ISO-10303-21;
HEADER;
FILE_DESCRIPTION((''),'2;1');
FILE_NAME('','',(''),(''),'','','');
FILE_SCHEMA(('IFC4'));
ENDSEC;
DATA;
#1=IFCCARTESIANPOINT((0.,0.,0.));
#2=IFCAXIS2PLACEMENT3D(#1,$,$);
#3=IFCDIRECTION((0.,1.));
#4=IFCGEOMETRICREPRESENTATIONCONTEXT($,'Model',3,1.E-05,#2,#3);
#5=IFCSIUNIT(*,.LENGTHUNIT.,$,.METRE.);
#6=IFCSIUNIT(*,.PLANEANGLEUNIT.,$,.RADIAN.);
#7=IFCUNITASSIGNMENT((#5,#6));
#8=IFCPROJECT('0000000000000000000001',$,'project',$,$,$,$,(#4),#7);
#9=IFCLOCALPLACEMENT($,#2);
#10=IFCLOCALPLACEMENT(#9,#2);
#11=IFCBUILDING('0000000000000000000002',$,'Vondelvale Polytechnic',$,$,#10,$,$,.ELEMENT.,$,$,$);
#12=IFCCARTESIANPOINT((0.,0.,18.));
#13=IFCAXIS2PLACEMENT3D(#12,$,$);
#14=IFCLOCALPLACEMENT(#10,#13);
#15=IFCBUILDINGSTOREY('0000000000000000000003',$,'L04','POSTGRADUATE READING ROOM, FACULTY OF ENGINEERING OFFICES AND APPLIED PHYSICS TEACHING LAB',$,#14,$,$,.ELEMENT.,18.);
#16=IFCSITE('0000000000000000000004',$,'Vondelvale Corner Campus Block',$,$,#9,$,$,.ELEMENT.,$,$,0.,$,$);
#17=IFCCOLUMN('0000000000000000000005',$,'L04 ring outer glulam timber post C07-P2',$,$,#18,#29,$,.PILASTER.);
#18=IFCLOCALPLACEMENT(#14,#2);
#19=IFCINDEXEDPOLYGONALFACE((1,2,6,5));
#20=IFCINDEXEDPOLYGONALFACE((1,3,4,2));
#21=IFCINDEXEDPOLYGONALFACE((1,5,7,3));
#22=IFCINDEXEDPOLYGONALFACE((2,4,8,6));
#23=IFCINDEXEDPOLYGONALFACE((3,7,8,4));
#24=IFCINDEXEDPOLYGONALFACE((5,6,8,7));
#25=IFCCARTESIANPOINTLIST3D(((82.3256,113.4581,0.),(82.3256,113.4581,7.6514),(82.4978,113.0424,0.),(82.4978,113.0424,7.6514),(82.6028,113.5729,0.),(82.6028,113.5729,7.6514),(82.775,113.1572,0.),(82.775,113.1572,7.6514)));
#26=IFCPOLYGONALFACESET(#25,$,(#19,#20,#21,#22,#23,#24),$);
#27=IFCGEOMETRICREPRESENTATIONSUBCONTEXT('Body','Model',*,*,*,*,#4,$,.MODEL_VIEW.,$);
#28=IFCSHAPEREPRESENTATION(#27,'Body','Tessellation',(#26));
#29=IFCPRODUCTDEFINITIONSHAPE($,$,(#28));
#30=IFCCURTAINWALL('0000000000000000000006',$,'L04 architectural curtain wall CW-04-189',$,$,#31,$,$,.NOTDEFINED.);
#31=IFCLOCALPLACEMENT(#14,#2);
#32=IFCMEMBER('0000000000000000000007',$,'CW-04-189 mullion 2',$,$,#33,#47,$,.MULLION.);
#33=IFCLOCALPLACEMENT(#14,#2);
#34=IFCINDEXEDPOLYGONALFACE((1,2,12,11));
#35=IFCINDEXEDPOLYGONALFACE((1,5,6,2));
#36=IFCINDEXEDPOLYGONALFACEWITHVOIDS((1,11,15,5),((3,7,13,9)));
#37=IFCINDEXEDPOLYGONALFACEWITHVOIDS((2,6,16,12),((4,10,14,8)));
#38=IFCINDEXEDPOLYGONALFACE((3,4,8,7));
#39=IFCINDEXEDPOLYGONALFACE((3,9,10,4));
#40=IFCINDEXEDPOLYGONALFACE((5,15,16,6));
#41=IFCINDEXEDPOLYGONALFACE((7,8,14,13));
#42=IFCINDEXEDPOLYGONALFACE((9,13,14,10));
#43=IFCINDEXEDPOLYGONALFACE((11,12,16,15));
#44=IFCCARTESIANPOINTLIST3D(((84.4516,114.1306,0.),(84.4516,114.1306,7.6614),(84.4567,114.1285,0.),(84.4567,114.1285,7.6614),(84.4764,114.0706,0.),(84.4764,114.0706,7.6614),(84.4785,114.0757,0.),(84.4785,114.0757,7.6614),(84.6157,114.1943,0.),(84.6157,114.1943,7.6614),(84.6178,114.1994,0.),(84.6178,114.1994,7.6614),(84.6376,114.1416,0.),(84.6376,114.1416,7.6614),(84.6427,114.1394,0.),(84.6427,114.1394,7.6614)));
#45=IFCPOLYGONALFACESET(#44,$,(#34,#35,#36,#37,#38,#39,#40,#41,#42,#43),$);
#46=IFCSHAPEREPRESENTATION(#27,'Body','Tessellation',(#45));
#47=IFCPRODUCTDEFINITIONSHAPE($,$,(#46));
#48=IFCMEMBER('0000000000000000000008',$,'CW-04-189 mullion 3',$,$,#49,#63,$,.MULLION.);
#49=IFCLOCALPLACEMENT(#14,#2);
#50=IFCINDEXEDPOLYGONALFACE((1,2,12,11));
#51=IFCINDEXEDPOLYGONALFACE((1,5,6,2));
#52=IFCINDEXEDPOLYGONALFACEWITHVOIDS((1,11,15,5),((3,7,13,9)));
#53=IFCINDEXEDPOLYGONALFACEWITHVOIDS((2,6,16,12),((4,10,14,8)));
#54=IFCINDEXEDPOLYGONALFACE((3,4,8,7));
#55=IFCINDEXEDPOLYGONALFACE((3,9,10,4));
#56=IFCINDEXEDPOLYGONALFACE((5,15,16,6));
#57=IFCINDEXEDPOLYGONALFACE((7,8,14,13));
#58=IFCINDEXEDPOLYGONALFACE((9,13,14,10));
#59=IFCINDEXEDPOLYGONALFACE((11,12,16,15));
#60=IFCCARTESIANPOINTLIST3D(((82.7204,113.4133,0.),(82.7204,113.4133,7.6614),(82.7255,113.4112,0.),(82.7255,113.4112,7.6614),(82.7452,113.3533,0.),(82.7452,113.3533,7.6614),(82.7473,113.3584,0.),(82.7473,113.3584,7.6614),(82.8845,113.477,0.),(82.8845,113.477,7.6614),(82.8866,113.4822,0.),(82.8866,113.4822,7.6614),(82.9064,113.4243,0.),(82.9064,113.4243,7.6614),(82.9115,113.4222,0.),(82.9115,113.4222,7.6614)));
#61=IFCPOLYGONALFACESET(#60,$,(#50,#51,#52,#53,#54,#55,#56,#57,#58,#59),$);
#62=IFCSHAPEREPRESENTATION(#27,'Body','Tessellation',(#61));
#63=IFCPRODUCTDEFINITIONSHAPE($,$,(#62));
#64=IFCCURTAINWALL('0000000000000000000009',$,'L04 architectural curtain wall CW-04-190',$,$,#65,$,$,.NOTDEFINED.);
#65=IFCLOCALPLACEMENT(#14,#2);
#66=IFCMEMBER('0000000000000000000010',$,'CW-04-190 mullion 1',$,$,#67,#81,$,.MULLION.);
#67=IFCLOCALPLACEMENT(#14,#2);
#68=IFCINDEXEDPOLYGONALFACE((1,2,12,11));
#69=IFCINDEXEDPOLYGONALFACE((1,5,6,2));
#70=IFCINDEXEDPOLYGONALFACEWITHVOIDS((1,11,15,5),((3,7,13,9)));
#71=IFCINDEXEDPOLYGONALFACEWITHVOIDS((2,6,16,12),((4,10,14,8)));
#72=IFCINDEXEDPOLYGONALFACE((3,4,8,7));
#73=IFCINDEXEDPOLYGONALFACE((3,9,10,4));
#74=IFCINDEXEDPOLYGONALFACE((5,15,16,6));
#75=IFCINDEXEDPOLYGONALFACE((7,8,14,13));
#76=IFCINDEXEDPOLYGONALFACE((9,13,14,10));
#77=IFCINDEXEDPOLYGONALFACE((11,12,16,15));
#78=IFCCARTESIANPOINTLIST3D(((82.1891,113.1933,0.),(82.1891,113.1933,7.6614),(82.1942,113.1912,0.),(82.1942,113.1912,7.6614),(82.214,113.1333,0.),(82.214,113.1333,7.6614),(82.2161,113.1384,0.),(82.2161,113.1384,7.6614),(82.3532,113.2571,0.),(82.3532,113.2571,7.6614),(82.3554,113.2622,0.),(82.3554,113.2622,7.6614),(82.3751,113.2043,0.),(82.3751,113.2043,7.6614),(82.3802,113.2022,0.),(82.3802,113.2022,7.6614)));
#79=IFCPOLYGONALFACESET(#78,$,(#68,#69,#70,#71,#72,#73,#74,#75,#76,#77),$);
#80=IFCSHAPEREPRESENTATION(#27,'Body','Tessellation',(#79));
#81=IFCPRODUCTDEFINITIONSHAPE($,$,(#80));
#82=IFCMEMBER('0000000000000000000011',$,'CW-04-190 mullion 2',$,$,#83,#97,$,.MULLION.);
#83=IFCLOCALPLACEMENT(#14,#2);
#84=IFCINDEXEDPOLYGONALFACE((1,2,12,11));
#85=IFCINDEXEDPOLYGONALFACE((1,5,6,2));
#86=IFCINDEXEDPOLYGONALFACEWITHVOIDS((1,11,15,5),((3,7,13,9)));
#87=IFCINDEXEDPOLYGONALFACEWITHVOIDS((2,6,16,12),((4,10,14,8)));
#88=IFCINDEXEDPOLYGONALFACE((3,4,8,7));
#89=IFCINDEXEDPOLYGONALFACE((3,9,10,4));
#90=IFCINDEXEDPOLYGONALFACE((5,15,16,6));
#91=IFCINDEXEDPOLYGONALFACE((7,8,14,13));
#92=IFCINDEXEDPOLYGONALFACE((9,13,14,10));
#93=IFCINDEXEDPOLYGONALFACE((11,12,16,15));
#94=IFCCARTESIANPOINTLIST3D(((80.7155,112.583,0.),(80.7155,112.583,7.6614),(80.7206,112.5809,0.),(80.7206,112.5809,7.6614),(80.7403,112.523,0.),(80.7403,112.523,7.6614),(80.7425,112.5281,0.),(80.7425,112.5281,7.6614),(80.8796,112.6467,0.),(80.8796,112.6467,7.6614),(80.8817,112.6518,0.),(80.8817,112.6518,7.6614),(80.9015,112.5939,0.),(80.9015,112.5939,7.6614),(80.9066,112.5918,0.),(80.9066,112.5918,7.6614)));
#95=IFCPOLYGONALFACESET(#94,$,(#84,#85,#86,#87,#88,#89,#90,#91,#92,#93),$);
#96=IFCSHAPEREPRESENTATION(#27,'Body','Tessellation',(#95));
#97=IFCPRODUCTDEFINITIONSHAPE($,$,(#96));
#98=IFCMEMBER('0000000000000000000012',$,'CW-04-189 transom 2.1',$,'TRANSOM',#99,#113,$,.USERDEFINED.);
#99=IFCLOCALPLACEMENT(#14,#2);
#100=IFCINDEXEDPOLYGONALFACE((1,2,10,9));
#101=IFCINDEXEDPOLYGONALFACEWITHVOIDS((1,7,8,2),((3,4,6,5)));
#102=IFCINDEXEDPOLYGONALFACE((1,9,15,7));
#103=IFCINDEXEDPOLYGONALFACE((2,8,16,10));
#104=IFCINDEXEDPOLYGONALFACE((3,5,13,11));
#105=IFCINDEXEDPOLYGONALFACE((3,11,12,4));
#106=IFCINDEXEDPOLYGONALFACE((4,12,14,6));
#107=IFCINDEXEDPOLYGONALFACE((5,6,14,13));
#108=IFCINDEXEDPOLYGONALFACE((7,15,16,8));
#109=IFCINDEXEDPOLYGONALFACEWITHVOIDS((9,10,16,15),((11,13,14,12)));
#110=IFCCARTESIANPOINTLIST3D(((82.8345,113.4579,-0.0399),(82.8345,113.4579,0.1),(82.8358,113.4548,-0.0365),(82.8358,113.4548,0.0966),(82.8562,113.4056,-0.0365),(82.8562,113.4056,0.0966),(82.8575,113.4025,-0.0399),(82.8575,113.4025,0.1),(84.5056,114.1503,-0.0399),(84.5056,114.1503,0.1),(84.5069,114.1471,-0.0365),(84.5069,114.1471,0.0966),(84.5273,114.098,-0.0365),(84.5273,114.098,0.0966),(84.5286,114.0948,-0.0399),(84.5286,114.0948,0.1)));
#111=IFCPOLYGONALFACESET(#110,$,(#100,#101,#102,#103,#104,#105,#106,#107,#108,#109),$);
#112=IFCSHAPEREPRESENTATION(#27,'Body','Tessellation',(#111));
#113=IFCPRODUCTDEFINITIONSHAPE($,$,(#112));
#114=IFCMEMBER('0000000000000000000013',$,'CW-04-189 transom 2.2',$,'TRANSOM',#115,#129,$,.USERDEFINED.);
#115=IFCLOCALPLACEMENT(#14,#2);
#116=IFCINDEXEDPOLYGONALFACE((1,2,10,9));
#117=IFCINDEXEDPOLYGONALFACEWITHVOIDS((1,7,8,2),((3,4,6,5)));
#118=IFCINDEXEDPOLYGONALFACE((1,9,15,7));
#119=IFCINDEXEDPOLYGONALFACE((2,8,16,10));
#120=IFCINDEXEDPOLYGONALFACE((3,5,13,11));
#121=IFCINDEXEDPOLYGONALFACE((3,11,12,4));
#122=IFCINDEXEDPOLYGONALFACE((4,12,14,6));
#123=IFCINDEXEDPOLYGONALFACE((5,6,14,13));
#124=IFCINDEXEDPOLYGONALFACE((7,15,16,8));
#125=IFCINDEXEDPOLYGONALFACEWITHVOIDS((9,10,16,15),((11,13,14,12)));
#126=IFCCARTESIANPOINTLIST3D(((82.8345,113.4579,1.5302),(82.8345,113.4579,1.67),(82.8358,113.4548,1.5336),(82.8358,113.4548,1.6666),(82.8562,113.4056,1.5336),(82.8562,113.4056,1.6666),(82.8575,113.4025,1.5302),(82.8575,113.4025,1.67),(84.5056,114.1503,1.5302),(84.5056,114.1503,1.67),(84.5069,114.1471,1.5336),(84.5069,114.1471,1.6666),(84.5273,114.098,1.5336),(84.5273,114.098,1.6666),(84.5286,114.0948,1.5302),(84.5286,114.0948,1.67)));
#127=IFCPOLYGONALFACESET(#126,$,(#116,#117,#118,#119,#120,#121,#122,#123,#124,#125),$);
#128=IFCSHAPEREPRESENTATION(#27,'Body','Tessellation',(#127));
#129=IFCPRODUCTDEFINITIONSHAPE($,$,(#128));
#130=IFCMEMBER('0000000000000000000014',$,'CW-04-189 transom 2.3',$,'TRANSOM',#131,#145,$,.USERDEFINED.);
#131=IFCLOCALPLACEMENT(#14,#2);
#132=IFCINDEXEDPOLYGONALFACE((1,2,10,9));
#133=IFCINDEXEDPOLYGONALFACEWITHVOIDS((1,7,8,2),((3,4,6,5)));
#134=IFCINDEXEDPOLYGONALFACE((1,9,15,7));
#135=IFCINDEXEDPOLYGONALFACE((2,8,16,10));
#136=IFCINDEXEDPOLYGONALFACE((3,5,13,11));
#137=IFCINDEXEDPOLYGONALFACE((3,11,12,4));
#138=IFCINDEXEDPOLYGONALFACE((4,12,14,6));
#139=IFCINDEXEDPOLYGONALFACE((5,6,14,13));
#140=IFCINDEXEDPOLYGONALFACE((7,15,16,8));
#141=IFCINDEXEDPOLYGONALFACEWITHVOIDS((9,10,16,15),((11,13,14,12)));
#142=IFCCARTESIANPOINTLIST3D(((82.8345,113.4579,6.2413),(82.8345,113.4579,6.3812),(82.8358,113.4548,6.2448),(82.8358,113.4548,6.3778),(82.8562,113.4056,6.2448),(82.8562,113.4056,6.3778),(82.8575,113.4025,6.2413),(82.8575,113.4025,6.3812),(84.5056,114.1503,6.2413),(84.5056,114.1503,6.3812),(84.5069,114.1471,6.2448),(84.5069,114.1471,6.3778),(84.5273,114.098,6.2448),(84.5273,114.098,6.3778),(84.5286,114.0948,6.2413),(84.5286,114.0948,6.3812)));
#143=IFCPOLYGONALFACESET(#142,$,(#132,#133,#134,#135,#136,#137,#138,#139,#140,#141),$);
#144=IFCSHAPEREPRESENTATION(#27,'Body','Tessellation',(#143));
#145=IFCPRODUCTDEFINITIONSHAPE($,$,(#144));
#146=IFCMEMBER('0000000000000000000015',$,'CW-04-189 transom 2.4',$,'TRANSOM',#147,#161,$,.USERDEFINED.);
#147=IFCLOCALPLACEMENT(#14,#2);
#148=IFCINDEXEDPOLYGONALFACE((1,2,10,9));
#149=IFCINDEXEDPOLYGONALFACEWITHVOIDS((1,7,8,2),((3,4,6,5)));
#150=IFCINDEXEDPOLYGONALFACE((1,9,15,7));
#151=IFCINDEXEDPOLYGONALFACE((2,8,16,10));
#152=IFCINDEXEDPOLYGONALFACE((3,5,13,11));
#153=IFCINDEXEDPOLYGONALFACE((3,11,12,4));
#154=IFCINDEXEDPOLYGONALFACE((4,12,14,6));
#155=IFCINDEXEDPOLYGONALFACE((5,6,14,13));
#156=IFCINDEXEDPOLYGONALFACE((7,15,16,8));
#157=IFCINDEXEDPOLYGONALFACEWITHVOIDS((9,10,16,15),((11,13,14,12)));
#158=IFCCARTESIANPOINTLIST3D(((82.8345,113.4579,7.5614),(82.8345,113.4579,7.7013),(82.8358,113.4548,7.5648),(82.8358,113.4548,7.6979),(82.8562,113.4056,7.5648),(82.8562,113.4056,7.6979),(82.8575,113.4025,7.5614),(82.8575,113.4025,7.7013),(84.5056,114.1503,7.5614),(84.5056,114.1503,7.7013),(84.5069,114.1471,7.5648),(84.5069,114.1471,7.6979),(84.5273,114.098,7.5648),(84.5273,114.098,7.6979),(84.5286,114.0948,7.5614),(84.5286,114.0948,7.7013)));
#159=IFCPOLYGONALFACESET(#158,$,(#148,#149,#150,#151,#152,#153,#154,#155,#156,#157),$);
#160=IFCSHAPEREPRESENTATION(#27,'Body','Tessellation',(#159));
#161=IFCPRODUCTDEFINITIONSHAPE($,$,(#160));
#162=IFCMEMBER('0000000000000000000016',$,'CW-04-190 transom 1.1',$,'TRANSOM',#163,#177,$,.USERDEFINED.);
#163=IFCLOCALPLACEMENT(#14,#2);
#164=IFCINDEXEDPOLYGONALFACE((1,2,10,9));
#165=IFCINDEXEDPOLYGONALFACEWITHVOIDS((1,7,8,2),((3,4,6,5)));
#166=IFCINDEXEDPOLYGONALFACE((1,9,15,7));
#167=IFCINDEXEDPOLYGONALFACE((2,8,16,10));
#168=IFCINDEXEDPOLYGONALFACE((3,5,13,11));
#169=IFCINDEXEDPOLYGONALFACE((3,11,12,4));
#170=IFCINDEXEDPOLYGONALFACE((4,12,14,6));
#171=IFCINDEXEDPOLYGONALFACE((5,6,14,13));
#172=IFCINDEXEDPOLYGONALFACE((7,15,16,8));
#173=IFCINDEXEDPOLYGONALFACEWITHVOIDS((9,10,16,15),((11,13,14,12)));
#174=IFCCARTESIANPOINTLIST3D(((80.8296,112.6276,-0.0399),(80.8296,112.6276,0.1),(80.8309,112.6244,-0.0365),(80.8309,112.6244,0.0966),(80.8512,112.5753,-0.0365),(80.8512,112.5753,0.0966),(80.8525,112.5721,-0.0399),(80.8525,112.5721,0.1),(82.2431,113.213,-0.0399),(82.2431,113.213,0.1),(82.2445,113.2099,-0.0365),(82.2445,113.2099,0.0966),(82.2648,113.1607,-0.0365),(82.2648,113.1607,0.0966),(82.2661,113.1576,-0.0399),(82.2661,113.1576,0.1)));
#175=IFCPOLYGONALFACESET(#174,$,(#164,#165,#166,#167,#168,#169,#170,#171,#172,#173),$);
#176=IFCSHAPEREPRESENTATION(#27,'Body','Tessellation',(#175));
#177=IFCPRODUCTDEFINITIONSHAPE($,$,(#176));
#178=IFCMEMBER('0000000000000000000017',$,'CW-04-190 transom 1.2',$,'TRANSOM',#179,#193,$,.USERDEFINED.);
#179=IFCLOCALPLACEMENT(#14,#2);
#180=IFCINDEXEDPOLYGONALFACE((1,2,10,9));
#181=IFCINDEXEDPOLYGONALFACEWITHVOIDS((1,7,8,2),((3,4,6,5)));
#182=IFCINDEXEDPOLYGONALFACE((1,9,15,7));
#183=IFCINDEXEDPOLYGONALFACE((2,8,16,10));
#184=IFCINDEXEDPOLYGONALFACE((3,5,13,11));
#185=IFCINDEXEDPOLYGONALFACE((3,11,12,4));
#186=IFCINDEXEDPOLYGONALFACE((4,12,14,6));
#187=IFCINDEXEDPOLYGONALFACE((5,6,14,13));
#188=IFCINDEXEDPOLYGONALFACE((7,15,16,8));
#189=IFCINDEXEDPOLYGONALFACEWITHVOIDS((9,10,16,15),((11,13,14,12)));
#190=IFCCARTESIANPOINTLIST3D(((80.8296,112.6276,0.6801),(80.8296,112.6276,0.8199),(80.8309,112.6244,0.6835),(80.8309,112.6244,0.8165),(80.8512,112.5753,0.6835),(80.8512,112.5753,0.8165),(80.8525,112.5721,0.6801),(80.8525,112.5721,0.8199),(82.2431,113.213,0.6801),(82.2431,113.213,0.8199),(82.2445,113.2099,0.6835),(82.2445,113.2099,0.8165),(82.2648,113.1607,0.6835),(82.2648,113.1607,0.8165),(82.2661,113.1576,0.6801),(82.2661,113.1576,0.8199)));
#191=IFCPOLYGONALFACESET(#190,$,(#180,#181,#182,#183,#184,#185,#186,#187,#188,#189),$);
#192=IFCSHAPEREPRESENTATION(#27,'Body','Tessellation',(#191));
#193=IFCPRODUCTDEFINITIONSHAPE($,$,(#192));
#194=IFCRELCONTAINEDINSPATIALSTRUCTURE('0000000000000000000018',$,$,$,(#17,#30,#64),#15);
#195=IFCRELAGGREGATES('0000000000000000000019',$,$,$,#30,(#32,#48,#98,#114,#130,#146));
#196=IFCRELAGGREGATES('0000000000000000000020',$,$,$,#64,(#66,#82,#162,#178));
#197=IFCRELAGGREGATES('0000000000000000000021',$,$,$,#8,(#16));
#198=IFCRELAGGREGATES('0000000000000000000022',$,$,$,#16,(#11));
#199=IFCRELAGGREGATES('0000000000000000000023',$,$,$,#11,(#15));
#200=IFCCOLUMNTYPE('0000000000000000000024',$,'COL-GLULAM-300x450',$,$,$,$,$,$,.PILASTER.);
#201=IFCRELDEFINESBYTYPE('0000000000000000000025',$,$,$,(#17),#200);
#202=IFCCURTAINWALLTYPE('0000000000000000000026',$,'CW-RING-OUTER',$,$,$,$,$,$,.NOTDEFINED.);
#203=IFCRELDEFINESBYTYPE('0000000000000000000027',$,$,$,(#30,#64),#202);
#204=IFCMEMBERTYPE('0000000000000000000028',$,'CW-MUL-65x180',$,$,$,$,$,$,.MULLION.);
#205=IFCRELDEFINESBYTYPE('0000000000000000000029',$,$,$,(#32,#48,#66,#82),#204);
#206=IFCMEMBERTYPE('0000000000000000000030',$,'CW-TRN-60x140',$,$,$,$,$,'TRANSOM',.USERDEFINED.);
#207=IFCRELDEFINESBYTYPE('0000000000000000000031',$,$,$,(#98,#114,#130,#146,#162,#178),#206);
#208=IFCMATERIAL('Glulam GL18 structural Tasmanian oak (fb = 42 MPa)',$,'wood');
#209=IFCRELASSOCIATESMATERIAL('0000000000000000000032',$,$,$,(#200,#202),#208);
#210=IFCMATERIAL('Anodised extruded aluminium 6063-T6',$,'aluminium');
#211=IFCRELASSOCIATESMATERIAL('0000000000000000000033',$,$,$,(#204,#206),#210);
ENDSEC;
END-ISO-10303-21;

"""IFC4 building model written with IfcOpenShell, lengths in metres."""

from ifc_helpers import new_model, si_unit, direction, frame, origin, origin_2d, place, context, subcontext, project, spatial, rectangle, hollow_rectangle, extrude, material, material_profile, profile_set, type_object, element, aggregate, save


model = new_model("IFC4")

# Units and contexts
model_context = context("Model", 3, precision=1e-05, world=origin(), true_north=direction((0.0, 1.0)))
body_context = subcontext(model_context, "Body", "Model", "MODEL_VIEW")
ifc_project = project(units=[si_unit("LENGTHUNIT", "METRE"), si_unit("PLANEANGLEUNIT", "RADIAN")], contexts=[model_context])

# Site, building, storey
site_placement = place(None, origin())
site = spatial("IfcSite", under=ifc_project, at=site_placement, Name="Vondelvale Corner Campus Block", CompositionType="ELEMENT", RefElevation=0.0)
building_placement = place(site_placement, origin())
building = spatial("IfcBuilding", under=site, at=building_placement, Name="Vondelvale Polytechnic", CompositionType="ELEMENT")
storey_placement = place(building_placement, frame((0.0, 0.0, 18.0)))
storey = spatial("IfcBuildingStorey", under=building, at=storey_placement, Name="L04", Description="POSTGRADUATE READING ROOM, FACULTY OF ENGINEERING OFFICES AND APPLIED PHYSICS TEACHING LAB", CompositionType="ELEMENT", Elevation=18.0)

# Column
ifc_material_1 = material(Name="Glulam GL18 structural Tasmanian oak (fb = 42 MPa)", Category="wood")
ifc_material_profile_1 = material_profile(ifc_material_1, rectangle(XDim=0.3, YDim=0.45, at=origin_2d()), Name="GL-POST-300x450")
ifc_profile_set_1 = profile_set([ifc_material_profile_1], Name="Glulam GL18 structural Tasmanian oak (fb = 42 MPa)")
column_type = type_object("IfcColumnType", Name="COL-GLULAM-300x450", PredefinedType="PILASTER", material=ifc_profile_set_1)
column_placement = place(storey_placement, frame((82.5503, 113.3076, 0.0), z_axis=(0.0, 0.0, 1.0), x_axis=(0.92388, 0.382683, 0.0)))
element("IfcColumn", 1, at=column_placement, inside=storey, type_object=column_type, Name="L04 ring outer glulam timber post C07-P2", PredefinedType="PILASTER", context=body_context, shape_type="SweptSolid", body=[
    extrude(rectangle(XDim=0.3, YDim=0.45, at=origin_2d()), origin(), (0.0, 0.0, 1.0), 7.6514),
])

# Curtain walls, members
curtain_wall_type = type_object("IfcCurtainWallType", Name="CW-RING-OUTER", PredefinedType="NOTDEFINED", material=ifc_material_1)
curtain_wall_1_placement = place(storey_placement, origin())
curtain_wall_1 = element("IfcCurtainWall", 2, at=curtain_wall_1_placement, inside=storey, type_object=curtain_wall_type, Name="L04 architectural curtain wall CW-04-189", PredefinedType="NOTDEFINED")
ifc_material_2 = material(Name="Anodised extruded aluminium 6063-T6", Category="aluminium")
ifc_material_profile_2 = material_profile(ifc_material_2, hollow_rectangle(XDim=0.0649, YDim=0.1799, WallThickness=0.0039, at=origin_2d()), Name="CW-MUL-180x65")
ifc_profile_set_2 = profile_set([ifc_material_profile_2], Name="Anodised extruded aluminium 6063-T6")
member_type_1 = type_object("IfcMemberType", Name="CW-MUL-65x180", PredefinedType="MULLION", material=ifc_profile_set_2)
member_1_placement = place(storey_placement, frame((84.5471, 114.135, 0.0), z_axis=(0.0, 0.0, 1.0), x_axis=(0.382695, -0.923875, 0.0)))
member_1 = element("IfcMember", 3, at=member_1_placement, type_object=member_type_1, Name="CW-04-189 mullion 2", PredefinedType="MULLION", context=body_context, shape_type="SweptSolid", body=[
    extrude(hollow_rectangle(XDim=0.0649, YDim=0.1799, WallThickness=0.0039, at=origin_2d()), origin(), (0.0, 0.0, 1.0), 7.6614),
])
member_2_placement = place(storey_placement, frame((82.8159, 113.4177, 0.0), z_axis=(0.0, 0.0, 1.0), x_axis=(0.382695, -0.923875, 0.0)))
member_2 = element("IfcMember", 4, at=member_2_placement, type_object=member_type_1, Name="CW-04-189 mullion 3", PredefinedType="MULLION", context=body_context, shape_type="SweptSolid", body=[
    extrude(hollow_rectangle(XDim=0.0649, YDim=0.1799, WallThickness=0.0039, at=origin_2d()), origin(), (0.0, 0.0, 1.0), 7.6614),
])
curtain_wall_2_placement = place(storey_placement, origin())
curtain_wall_2 = element("IfcCurtainWall", 5, at=curtain_wall_2_placement, inside=storey, type_object=curtain_wall_type, Name="L04 architectural curtain wall CW-04-190", PredefinedType="NOTDEFINED")
member_3_placement = place(storey_placement, frame((82.2847, 113.1978, 0.0), z_axis=(0.0, 0.0, 1.0), x_axis=(0.382677, -0.923882, 0.0)))
member_3 = element("IfcMember", 6, at=member_3_placement, type_object=member_type_1, Name="CW-04-190 mullion 1", PredefinedType="MULLION", context=body_context, shape_type="SweptSolid", body=[
    extrude(hollow_rectangle(XDim=0.0649, YDim=0.1799, WallThickness=0.0039, at=origin_2d()), origin(), (0.0, 0.0, 1.0), 7.6614),
])
member_4_placement = place(storey_placement, frame((80.811, 112.5874, 0.0), z_axis=(0.0, 0.0, 1.0), x_axis=(0.382677, -0.923882, 0.0)))
member_4 = element("IfcMember", 7, at=member_4_placement, type_object=member_type_1, Name="CW-04-190 mullion 2", PredefinedType="MULLION", context=body_context, shape_type="SweptSolid", body=[
    extrude(hollow_rectangle(XDim=0.0649, YDim=0.1799, WallThickness=0.0039, at=origin_2d()), origin(), (0.0, 0.0, 1.0), 7.6614),
])

# Members
ifc_material_profile_3 = material_profile(ifc_material_2, hollow_rectangle(XDim=0.0601, YDim=0.1399, WallThickness=0.0034, at=origin_2d()), Name="CW-TRN-140x60")
ifc_profile_set_3 = profile_set([ifc_material_profile_3], Name="Anodised extruded aluminium 6063-T6")
member_type_2 = type_object("IfcMemberType", Name="CW-TRN-60x140", ElementType="TRANSOM", PredefinedType="USERDEFINED", material=ifc_profile_set_3)
member_5_placement = place(storey_placement, frame((84.5171, 114.1226, 0.03), z_axis=(-0.923846, -0.382765, 0.0), x_axis=(0.382765, -0.923846, 0.0)))
member_5 = element("IfcMember", 8, at=member_5_placement, type_object=member_type_2, Name="CW-04-189 transom 2.1", ObjectType="TRANSOM", PredefinedType="USERDEFINED", context=body_context, shape_type="SweptSolid", body=[
    extrude(hollow_rectangle(XDim=0.0601, YDim=0.1399, WallThickness=0.0034, at=origin_2d()), origin(), (0.0, 0.0, 1.0), 1.8088),
])
member_6_placement = place(storey_placement, frame((84.5171, 114.1226, 1.6001), z_axis=(-0.923846, -0.382765, 0.0), x_axis=(0.382765, -0.923846, 0.0)))
member_6 = element("IfcMember", 9, at=member_6_placement, type_object=member_type_2, Name="CW-04-189 transom 2.2", ObjectType="TRANSOM", PredefinedType="USERDEFINED", context=body_context, shape_type="SweptSolid", body=[
    extrude(hollow_rectangle(XDim=0.0601, YDim=0.1399, WallThickness=0.0034, at=origin_2d()), origin(), (0.0, 0.0, 1.0), 1.8088),
])
member_7_placement = place(storey_placement, frame((84.5171, 114.1226, 6.3113), z_axis=(-0.923846, -0.382765, 0.0), x_axis=(0.382765, -0.923846, 0.0)))
member_7 = element("IfcMember", 10, at=member_7_placement, type_object=member_type_2, Name="CW-04-189 transom 2.3", ObjectType="TRANSOM", PredefinedType="USERDEFINED", context=body_context, shape_type="SweptSolid", body=[
    extrude(hollow_rectangle(XDim=0.0601, YDim=0.1399, WallThickness=0.0034, at=origin_2d()), origin(), (0.0, 0.0, 1.0), 1.8088),
])
member_8_placement = place(storey_placement, frame((84.5171, 114.1226, 7.6313), z_axis=(-0.923846, -0.382765, 0.0), x_axis=(0.382765, -0.923846, 0.0)))
member_8 = element("IfcMember", 11, at=member_8_placement, type_object=member_type_2, Name="CW-04-189 transom 2.4", ObjectType="TRANSOM", PredefinedType="USERDEFINED", context=body_context, shape_type="SweptSolid", body=[
    extrude(hollow_rectangle(XDim=0.0601, YDim=0.1399, WallThickness=0.0034, at=origin_2d()), origin(), (0.0, 0.0, 1.0), 1.8088),
])
member_9_placement = place(storey_placement, frame((82.2546, 113.1853, 0.03), z_axis=(-0.923896, -0.382643, 0.0), x_axis=(0.382643, -0.923896, 0.0)))
member_9 = element("IfcMember", 12, at=member_9_placement, type_object=member_type_2, Name="CW-04-190 transom 1.1", ObjectType="TRANSOM", PredefinedType="USERDEFINED", context=body_context, shape_type="SweptSolid", body=[
    extrude(hollow_rectangle(XDim=0.0601, YDim=0.1399, WallThickness=0.0034, at=origin_2d()), origin(), (0.0, 0.0, 1.0), 1.53),
])
member_10_placement = place(storey_placement, frame((82.2546, 113.1853, 0.75), z_axis=(-0.923896, -0.382643, 0.0), x_axis=(0.382643, -0.923896, 0.0)))
member_10 = element("IfcMember", 13, at=member_10_placement, type_object=member_type_2, Name="CW-04-190 transom 1.2", ObjectType="TRANSOM", PredefinedType="USERDEFINED", context=body_context, shape_type="SweptSolid", body=[
    extrude(hollow_rectangle(XDim=0.0601, YDim=0.1399, WallThickness=0.0034, at=origin_2d()), origin(), (0.0, 0.0, 1.0), 1.53),
])

aggregate(curtain_wall_1, [member_1, member_2, member_5, member_6, member_7, member_8])
aggregate(curtain_wall_2, [member_3, member_4, member_9, member_10])

save(model, "model.ifc")
